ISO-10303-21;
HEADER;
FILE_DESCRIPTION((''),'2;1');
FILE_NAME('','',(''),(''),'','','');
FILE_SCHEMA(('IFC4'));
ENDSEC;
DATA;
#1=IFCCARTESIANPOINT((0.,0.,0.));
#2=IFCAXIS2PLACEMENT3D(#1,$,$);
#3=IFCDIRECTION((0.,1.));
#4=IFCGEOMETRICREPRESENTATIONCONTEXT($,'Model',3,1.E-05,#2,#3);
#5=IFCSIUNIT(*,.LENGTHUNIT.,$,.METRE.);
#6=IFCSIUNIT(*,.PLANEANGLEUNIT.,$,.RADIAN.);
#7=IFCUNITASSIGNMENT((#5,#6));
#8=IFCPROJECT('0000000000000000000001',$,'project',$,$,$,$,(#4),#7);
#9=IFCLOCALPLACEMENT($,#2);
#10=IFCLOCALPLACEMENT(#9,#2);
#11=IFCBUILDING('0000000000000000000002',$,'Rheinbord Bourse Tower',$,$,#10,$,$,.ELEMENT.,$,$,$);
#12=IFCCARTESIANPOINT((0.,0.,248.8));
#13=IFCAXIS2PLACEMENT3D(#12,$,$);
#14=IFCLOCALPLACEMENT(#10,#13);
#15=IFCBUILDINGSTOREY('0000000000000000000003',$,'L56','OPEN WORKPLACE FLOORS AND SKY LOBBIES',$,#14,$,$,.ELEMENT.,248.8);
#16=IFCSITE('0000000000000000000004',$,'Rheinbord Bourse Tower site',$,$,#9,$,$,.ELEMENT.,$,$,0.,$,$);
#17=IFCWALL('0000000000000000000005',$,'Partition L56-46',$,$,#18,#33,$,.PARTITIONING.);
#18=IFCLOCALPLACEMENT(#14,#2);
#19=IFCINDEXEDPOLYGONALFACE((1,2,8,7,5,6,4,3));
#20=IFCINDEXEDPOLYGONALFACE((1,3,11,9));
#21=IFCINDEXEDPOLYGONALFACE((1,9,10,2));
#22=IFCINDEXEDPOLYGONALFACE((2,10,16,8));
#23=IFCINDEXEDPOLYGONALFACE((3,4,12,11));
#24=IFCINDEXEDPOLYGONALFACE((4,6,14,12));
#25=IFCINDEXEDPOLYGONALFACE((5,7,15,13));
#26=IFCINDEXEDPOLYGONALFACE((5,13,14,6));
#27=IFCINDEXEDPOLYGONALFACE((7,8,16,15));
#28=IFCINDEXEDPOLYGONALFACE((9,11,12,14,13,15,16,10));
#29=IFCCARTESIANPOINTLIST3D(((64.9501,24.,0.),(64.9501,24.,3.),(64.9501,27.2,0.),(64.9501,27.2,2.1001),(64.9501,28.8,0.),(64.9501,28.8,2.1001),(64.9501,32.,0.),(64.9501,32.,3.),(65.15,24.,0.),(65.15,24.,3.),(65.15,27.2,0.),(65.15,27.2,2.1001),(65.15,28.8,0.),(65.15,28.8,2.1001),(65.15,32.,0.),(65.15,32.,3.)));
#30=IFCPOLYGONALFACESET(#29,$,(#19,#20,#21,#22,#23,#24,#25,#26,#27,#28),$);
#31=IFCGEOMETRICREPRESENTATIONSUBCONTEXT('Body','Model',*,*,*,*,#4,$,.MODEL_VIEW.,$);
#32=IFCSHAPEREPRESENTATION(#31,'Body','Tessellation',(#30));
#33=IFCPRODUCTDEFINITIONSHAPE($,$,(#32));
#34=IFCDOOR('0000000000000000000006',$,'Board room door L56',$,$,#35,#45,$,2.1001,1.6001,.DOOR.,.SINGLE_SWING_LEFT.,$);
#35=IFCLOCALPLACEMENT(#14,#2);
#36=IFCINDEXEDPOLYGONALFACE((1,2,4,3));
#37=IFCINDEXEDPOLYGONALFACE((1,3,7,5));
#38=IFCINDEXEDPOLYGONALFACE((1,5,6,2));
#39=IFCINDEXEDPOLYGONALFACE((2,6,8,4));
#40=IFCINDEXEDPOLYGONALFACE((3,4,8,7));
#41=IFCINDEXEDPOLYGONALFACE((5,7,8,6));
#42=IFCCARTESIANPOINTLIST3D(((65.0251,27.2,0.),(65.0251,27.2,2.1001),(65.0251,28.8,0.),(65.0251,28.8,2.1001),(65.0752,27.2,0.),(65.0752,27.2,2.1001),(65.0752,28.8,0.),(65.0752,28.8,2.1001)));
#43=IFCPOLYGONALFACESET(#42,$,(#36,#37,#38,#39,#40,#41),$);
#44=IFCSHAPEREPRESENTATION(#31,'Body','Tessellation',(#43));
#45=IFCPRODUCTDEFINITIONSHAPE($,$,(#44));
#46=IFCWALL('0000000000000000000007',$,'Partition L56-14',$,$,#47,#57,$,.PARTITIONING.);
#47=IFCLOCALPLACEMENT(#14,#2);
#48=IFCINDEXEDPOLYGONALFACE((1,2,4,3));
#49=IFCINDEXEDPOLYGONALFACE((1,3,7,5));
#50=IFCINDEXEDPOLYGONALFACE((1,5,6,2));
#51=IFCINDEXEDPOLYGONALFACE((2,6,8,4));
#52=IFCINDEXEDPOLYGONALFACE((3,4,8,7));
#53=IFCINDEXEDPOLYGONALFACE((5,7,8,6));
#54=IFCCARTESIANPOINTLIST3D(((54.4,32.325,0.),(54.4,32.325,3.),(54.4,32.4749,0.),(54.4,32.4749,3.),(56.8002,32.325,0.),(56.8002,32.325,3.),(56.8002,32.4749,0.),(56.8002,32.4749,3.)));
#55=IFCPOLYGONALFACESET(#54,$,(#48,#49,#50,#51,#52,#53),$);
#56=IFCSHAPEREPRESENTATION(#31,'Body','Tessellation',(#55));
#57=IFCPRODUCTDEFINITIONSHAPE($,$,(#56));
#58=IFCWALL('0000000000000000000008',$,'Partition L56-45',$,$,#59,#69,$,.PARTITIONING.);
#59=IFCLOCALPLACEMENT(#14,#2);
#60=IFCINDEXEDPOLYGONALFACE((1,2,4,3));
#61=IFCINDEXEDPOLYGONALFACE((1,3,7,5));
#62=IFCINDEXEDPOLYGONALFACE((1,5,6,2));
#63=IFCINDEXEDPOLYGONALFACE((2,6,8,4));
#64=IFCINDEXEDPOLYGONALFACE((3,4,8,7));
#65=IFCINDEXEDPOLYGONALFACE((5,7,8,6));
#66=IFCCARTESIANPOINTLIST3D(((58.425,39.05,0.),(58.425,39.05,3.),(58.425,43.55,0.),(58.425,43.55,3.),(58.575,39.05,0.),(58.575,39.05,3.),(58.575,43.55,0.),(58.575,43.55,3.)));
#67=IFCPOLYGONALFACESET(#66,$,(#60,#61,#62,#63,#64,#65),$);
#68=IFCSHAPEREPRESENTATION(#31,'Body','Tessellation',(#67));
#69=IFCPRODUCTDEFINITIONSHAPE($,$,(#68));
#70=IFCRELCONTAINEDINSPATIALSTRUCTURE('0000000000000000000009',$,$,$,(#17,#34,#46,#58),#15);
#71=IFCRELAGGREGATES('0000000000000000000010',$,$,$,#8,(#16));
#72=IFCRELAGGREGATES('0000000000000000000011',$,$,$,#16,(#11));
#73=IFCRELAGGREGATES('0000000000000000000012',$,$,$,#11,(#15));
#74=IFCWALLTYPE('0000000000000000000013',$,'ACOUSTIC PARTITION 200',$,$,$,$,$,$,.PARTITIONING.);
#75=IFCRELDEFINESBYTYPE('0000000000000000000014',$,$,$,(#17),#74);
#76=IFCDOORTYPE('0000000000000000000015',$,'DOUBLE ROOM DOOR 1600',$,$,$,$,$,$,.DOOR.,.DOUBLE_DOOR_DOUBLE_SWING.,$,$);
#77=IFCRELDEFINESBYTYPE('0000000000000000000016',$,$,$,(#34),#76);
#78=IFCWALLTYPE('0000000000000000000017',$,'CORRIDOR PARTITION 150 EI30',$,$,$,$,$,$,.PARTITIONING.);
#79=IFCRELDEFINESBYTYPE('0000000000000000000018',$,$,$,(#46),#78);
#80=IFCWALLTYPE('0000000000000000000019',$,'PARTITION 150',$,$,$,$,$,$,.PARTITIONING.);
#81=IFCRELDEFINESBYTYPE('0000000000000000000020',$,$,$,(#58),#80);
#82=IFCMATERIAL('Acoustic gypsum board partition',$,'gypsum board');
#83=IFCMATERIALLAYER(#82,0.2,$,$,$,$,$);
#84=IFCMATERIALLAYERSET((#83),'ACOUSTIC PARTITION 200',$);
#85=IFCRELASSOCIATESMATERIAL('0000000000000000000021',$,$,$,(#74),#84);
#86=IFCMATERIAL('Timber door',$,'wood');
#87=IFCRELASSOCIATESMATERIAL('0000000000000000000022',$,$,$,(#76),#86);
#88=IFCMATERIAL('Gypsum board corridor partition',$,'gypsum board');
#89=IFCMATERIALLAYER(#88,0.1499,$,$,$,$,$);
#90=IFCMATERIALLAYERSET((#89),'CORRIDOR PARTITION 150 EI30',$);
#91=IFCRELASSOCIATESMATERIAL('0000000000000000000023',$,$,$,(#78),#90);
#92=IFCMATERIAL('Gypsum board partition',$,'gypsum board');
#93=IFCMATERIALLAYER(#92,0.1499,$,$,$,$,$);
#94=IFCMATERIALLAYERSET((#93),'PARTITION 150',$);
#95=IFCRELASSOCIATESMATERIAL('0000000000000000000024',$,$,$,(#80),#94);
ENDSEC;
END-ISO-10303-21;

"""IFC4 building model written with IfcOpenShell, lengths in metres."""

from ifc_helpers import new_model, si_unit, direction, frame, frame_2d, origin, place, context, subcontext, project, spatial, rectangle, extrude, material, layer, layer_set, type_object, element, fill, save


model = new_model("IFC4")

# Units and contexts
model_context = context("Model", 3, precision=1e-05, world=origin(), true_north=direction((0.0, 1.0)))
body_context = subcontext(model_context, "Body", "Model", "MODEL_VIEW")
ifc_project = project(units=[si_unit("LENGTHUNIT", "METRE"), si_unit("PLANEANGLEUNIT", "RADIAN")], contexts=[model_context])

# Site, building, storey
site_placement = place(None, origin())
site = spatial("IfcSite", under=ifc_project, at=site_placement, Name="Rheinbord Bourse Tower site", CompositionType="ELEMENT", RefElevation=0.0)
building_placement = place(site_placement, origin())
building = spatial("IfcBuilding", under=site, at=building_placement, Name="Rheinbord Bourse Tower", CompositionType="ELEMENT")
storey_placement = place(building_placement, frame((0.0, 0.0, 248.8)))
storey = spatial("IfcBuildingStorey", under=building, at=storey_placement, Name="L56", Description="OPEN WORKPLACE FLOORS AND SKY LOBBIES", CompositionType="ELEMENT", Elevation=248.8)

# Shared definitions
ifc_material_1 = material(Name="Acoustic gypsum board partition", Category="gypsum board")
ifc_layer_1 = layer(ifc_material_1, 0.2)
ifc_layer_set_1 = layer_set([ifc_layer_1], Name="ACOUSTIC PARTITION 200")
wall_type_1 = type_object("IfcWallType", Name="ACOUSTIC PARTITION 200", PredefinedType="PARTITIONING", material=ifc_layer_set_1)

# Wall, opening, door
wall_1_placement = place(storey_placement, frame((65.05, 24.0, 0.0), z_axis=(0.0, 0.0, 1.0), x_axis=(0.0, 1.0, 0.0)))
wall_1 = element("IfcWall", 1, at=wall_1_placement, inside=storey, type_object=wall_type_1, Name="Partition L56-46", PredefinedType="PARTITIONING", context=body_context, shape_type="SweptSolid", body=[
    extrude(rectangle(XDim=8.0, YDim=0.2, at=frame_2d((4.0, 0.0))), origin(), (0.0, 0.0, 1.0), 3.0),
])
opening_placement = place(wall_1_placement, frame((3.2, 0.0, 0.0)))
opening = element("IfcOpeningElement", 2, at=opening_placement, cuts=wall_1, PredefinedType="OPENING", context=body_context, shape_type="SweptSolid", body=[
    extrude(rectangle(XDim=1.6001, YDim=2.1001, at=frame_2d((0.8, 1.05))), frame((0.0, 0.1099, 0.0), z_axis=(0.0, -1.0, 0.0), x_axis=(1.0, 0.0, 0.0)), (0.0, 0.0, 1.0), 0.22),
])
ifc_material_2 = material(Name="Timber door", Category="wood")
door_type = type_object("IfcDoorType", Name="DOUBLE ROOM DOOR 1600", OperationType="DOUBLE_DOOR_DOUBLE_SWING", PredefinedType="DOOR", material=ifc_material_2)
door_placement = place(opening_placement, origin())
door = element("IfcDoor", 3, at=door_placement, inside=storey, type_object=door_type, Name="Board room door L56", OperationType="SINGLE_SWING_LEFT", OverallHeight=2.1001, OverallWidth=1.6001, PredefinedType="DOOR", context=body_context, shape_type="SweptSolid", body=[
    extrude(rectangle(XDim=1.6001, YDim=2.1001, at=frame_2d((0.8, 1.05))), frame((0.0, 0.0249, 0.0), z_axis=(0.0, -1.0, 0.0), x_axis=(1.0, 0.0, 0.0)), (0.0, 0.0, 1.0), 0.05),
])
fill(opening, door)

# Walls
ifc_material_3 = material(Name="Gypsum board corridor partition", Category="gypsum board")
ifc_layer_2 = layer(ifc_material_3, 0.1499)
ifc_layer_set_2 = layer_set([ifc_layer_2], Name="CORRIDOR PARTITION 150 EI30")
wall_type_2 = type_object("IfcWallType", Name="CORRIDOR PARTITION 150 EI30", PredefinedType="PARTITIONING", material=ifc_layer_set_2)
wall_2_placement = place(storey_placement, frame((54.3999, 32.3999, 0.0), z_axis=(0.0, 0.0, 1.0), x_axis=(1.0, 0.0, 0.0)))
element("IfcWall", 4, at=wall_2_placement, inside=storey, type_object=wall_type_2, Name="Partition L56-14", PredefinedType="PARTITIONING", context=body_context, shape_type="SweptSolid", body=[
    extrude(rectangle(XDim=2.4001, YDim=0.1499, at=frame_2d((1.2002, 0.0))), origin(), (0.0, 0.0, 1.0), 3.0),
])
ifc_material_4 = material(Name="Gypsum board partition", Category="gypsum board")
ifc_layer_3 = layer(ifc_material_4, 0.1499)
ifc_layer_set_3 = layer_set([ifc_layer_3], Name="PARTITION 150")
wall_type_3 = type_object("IfcWallType", Name="PARTITION 150", PredefinedType="PARTITIONING", material=ifc_layer_set_3)
wall_3_placement = place(storey_placement, frame((58.5, 39.05, 0.0), z_axis=(0.0, 0.0, 1.0), x_axis=(0.0, 1.0, 0.0)))
element("IfcWall", 5, at=wall_3_placement, inside=storey, type_object=wall_type_3, Name="Partition L56-45", PredefinedType="PARTITIONING", context=body_context, shape_type="SweptSolid", body=[
    extrude(rectangle(XDim=4.5, YDim=0.1499, at=frame_2d((2.25, 0.0))), origin(), (0.0, 0.0, 1.0), 3.0),
])

save(model, "model.ifc")
